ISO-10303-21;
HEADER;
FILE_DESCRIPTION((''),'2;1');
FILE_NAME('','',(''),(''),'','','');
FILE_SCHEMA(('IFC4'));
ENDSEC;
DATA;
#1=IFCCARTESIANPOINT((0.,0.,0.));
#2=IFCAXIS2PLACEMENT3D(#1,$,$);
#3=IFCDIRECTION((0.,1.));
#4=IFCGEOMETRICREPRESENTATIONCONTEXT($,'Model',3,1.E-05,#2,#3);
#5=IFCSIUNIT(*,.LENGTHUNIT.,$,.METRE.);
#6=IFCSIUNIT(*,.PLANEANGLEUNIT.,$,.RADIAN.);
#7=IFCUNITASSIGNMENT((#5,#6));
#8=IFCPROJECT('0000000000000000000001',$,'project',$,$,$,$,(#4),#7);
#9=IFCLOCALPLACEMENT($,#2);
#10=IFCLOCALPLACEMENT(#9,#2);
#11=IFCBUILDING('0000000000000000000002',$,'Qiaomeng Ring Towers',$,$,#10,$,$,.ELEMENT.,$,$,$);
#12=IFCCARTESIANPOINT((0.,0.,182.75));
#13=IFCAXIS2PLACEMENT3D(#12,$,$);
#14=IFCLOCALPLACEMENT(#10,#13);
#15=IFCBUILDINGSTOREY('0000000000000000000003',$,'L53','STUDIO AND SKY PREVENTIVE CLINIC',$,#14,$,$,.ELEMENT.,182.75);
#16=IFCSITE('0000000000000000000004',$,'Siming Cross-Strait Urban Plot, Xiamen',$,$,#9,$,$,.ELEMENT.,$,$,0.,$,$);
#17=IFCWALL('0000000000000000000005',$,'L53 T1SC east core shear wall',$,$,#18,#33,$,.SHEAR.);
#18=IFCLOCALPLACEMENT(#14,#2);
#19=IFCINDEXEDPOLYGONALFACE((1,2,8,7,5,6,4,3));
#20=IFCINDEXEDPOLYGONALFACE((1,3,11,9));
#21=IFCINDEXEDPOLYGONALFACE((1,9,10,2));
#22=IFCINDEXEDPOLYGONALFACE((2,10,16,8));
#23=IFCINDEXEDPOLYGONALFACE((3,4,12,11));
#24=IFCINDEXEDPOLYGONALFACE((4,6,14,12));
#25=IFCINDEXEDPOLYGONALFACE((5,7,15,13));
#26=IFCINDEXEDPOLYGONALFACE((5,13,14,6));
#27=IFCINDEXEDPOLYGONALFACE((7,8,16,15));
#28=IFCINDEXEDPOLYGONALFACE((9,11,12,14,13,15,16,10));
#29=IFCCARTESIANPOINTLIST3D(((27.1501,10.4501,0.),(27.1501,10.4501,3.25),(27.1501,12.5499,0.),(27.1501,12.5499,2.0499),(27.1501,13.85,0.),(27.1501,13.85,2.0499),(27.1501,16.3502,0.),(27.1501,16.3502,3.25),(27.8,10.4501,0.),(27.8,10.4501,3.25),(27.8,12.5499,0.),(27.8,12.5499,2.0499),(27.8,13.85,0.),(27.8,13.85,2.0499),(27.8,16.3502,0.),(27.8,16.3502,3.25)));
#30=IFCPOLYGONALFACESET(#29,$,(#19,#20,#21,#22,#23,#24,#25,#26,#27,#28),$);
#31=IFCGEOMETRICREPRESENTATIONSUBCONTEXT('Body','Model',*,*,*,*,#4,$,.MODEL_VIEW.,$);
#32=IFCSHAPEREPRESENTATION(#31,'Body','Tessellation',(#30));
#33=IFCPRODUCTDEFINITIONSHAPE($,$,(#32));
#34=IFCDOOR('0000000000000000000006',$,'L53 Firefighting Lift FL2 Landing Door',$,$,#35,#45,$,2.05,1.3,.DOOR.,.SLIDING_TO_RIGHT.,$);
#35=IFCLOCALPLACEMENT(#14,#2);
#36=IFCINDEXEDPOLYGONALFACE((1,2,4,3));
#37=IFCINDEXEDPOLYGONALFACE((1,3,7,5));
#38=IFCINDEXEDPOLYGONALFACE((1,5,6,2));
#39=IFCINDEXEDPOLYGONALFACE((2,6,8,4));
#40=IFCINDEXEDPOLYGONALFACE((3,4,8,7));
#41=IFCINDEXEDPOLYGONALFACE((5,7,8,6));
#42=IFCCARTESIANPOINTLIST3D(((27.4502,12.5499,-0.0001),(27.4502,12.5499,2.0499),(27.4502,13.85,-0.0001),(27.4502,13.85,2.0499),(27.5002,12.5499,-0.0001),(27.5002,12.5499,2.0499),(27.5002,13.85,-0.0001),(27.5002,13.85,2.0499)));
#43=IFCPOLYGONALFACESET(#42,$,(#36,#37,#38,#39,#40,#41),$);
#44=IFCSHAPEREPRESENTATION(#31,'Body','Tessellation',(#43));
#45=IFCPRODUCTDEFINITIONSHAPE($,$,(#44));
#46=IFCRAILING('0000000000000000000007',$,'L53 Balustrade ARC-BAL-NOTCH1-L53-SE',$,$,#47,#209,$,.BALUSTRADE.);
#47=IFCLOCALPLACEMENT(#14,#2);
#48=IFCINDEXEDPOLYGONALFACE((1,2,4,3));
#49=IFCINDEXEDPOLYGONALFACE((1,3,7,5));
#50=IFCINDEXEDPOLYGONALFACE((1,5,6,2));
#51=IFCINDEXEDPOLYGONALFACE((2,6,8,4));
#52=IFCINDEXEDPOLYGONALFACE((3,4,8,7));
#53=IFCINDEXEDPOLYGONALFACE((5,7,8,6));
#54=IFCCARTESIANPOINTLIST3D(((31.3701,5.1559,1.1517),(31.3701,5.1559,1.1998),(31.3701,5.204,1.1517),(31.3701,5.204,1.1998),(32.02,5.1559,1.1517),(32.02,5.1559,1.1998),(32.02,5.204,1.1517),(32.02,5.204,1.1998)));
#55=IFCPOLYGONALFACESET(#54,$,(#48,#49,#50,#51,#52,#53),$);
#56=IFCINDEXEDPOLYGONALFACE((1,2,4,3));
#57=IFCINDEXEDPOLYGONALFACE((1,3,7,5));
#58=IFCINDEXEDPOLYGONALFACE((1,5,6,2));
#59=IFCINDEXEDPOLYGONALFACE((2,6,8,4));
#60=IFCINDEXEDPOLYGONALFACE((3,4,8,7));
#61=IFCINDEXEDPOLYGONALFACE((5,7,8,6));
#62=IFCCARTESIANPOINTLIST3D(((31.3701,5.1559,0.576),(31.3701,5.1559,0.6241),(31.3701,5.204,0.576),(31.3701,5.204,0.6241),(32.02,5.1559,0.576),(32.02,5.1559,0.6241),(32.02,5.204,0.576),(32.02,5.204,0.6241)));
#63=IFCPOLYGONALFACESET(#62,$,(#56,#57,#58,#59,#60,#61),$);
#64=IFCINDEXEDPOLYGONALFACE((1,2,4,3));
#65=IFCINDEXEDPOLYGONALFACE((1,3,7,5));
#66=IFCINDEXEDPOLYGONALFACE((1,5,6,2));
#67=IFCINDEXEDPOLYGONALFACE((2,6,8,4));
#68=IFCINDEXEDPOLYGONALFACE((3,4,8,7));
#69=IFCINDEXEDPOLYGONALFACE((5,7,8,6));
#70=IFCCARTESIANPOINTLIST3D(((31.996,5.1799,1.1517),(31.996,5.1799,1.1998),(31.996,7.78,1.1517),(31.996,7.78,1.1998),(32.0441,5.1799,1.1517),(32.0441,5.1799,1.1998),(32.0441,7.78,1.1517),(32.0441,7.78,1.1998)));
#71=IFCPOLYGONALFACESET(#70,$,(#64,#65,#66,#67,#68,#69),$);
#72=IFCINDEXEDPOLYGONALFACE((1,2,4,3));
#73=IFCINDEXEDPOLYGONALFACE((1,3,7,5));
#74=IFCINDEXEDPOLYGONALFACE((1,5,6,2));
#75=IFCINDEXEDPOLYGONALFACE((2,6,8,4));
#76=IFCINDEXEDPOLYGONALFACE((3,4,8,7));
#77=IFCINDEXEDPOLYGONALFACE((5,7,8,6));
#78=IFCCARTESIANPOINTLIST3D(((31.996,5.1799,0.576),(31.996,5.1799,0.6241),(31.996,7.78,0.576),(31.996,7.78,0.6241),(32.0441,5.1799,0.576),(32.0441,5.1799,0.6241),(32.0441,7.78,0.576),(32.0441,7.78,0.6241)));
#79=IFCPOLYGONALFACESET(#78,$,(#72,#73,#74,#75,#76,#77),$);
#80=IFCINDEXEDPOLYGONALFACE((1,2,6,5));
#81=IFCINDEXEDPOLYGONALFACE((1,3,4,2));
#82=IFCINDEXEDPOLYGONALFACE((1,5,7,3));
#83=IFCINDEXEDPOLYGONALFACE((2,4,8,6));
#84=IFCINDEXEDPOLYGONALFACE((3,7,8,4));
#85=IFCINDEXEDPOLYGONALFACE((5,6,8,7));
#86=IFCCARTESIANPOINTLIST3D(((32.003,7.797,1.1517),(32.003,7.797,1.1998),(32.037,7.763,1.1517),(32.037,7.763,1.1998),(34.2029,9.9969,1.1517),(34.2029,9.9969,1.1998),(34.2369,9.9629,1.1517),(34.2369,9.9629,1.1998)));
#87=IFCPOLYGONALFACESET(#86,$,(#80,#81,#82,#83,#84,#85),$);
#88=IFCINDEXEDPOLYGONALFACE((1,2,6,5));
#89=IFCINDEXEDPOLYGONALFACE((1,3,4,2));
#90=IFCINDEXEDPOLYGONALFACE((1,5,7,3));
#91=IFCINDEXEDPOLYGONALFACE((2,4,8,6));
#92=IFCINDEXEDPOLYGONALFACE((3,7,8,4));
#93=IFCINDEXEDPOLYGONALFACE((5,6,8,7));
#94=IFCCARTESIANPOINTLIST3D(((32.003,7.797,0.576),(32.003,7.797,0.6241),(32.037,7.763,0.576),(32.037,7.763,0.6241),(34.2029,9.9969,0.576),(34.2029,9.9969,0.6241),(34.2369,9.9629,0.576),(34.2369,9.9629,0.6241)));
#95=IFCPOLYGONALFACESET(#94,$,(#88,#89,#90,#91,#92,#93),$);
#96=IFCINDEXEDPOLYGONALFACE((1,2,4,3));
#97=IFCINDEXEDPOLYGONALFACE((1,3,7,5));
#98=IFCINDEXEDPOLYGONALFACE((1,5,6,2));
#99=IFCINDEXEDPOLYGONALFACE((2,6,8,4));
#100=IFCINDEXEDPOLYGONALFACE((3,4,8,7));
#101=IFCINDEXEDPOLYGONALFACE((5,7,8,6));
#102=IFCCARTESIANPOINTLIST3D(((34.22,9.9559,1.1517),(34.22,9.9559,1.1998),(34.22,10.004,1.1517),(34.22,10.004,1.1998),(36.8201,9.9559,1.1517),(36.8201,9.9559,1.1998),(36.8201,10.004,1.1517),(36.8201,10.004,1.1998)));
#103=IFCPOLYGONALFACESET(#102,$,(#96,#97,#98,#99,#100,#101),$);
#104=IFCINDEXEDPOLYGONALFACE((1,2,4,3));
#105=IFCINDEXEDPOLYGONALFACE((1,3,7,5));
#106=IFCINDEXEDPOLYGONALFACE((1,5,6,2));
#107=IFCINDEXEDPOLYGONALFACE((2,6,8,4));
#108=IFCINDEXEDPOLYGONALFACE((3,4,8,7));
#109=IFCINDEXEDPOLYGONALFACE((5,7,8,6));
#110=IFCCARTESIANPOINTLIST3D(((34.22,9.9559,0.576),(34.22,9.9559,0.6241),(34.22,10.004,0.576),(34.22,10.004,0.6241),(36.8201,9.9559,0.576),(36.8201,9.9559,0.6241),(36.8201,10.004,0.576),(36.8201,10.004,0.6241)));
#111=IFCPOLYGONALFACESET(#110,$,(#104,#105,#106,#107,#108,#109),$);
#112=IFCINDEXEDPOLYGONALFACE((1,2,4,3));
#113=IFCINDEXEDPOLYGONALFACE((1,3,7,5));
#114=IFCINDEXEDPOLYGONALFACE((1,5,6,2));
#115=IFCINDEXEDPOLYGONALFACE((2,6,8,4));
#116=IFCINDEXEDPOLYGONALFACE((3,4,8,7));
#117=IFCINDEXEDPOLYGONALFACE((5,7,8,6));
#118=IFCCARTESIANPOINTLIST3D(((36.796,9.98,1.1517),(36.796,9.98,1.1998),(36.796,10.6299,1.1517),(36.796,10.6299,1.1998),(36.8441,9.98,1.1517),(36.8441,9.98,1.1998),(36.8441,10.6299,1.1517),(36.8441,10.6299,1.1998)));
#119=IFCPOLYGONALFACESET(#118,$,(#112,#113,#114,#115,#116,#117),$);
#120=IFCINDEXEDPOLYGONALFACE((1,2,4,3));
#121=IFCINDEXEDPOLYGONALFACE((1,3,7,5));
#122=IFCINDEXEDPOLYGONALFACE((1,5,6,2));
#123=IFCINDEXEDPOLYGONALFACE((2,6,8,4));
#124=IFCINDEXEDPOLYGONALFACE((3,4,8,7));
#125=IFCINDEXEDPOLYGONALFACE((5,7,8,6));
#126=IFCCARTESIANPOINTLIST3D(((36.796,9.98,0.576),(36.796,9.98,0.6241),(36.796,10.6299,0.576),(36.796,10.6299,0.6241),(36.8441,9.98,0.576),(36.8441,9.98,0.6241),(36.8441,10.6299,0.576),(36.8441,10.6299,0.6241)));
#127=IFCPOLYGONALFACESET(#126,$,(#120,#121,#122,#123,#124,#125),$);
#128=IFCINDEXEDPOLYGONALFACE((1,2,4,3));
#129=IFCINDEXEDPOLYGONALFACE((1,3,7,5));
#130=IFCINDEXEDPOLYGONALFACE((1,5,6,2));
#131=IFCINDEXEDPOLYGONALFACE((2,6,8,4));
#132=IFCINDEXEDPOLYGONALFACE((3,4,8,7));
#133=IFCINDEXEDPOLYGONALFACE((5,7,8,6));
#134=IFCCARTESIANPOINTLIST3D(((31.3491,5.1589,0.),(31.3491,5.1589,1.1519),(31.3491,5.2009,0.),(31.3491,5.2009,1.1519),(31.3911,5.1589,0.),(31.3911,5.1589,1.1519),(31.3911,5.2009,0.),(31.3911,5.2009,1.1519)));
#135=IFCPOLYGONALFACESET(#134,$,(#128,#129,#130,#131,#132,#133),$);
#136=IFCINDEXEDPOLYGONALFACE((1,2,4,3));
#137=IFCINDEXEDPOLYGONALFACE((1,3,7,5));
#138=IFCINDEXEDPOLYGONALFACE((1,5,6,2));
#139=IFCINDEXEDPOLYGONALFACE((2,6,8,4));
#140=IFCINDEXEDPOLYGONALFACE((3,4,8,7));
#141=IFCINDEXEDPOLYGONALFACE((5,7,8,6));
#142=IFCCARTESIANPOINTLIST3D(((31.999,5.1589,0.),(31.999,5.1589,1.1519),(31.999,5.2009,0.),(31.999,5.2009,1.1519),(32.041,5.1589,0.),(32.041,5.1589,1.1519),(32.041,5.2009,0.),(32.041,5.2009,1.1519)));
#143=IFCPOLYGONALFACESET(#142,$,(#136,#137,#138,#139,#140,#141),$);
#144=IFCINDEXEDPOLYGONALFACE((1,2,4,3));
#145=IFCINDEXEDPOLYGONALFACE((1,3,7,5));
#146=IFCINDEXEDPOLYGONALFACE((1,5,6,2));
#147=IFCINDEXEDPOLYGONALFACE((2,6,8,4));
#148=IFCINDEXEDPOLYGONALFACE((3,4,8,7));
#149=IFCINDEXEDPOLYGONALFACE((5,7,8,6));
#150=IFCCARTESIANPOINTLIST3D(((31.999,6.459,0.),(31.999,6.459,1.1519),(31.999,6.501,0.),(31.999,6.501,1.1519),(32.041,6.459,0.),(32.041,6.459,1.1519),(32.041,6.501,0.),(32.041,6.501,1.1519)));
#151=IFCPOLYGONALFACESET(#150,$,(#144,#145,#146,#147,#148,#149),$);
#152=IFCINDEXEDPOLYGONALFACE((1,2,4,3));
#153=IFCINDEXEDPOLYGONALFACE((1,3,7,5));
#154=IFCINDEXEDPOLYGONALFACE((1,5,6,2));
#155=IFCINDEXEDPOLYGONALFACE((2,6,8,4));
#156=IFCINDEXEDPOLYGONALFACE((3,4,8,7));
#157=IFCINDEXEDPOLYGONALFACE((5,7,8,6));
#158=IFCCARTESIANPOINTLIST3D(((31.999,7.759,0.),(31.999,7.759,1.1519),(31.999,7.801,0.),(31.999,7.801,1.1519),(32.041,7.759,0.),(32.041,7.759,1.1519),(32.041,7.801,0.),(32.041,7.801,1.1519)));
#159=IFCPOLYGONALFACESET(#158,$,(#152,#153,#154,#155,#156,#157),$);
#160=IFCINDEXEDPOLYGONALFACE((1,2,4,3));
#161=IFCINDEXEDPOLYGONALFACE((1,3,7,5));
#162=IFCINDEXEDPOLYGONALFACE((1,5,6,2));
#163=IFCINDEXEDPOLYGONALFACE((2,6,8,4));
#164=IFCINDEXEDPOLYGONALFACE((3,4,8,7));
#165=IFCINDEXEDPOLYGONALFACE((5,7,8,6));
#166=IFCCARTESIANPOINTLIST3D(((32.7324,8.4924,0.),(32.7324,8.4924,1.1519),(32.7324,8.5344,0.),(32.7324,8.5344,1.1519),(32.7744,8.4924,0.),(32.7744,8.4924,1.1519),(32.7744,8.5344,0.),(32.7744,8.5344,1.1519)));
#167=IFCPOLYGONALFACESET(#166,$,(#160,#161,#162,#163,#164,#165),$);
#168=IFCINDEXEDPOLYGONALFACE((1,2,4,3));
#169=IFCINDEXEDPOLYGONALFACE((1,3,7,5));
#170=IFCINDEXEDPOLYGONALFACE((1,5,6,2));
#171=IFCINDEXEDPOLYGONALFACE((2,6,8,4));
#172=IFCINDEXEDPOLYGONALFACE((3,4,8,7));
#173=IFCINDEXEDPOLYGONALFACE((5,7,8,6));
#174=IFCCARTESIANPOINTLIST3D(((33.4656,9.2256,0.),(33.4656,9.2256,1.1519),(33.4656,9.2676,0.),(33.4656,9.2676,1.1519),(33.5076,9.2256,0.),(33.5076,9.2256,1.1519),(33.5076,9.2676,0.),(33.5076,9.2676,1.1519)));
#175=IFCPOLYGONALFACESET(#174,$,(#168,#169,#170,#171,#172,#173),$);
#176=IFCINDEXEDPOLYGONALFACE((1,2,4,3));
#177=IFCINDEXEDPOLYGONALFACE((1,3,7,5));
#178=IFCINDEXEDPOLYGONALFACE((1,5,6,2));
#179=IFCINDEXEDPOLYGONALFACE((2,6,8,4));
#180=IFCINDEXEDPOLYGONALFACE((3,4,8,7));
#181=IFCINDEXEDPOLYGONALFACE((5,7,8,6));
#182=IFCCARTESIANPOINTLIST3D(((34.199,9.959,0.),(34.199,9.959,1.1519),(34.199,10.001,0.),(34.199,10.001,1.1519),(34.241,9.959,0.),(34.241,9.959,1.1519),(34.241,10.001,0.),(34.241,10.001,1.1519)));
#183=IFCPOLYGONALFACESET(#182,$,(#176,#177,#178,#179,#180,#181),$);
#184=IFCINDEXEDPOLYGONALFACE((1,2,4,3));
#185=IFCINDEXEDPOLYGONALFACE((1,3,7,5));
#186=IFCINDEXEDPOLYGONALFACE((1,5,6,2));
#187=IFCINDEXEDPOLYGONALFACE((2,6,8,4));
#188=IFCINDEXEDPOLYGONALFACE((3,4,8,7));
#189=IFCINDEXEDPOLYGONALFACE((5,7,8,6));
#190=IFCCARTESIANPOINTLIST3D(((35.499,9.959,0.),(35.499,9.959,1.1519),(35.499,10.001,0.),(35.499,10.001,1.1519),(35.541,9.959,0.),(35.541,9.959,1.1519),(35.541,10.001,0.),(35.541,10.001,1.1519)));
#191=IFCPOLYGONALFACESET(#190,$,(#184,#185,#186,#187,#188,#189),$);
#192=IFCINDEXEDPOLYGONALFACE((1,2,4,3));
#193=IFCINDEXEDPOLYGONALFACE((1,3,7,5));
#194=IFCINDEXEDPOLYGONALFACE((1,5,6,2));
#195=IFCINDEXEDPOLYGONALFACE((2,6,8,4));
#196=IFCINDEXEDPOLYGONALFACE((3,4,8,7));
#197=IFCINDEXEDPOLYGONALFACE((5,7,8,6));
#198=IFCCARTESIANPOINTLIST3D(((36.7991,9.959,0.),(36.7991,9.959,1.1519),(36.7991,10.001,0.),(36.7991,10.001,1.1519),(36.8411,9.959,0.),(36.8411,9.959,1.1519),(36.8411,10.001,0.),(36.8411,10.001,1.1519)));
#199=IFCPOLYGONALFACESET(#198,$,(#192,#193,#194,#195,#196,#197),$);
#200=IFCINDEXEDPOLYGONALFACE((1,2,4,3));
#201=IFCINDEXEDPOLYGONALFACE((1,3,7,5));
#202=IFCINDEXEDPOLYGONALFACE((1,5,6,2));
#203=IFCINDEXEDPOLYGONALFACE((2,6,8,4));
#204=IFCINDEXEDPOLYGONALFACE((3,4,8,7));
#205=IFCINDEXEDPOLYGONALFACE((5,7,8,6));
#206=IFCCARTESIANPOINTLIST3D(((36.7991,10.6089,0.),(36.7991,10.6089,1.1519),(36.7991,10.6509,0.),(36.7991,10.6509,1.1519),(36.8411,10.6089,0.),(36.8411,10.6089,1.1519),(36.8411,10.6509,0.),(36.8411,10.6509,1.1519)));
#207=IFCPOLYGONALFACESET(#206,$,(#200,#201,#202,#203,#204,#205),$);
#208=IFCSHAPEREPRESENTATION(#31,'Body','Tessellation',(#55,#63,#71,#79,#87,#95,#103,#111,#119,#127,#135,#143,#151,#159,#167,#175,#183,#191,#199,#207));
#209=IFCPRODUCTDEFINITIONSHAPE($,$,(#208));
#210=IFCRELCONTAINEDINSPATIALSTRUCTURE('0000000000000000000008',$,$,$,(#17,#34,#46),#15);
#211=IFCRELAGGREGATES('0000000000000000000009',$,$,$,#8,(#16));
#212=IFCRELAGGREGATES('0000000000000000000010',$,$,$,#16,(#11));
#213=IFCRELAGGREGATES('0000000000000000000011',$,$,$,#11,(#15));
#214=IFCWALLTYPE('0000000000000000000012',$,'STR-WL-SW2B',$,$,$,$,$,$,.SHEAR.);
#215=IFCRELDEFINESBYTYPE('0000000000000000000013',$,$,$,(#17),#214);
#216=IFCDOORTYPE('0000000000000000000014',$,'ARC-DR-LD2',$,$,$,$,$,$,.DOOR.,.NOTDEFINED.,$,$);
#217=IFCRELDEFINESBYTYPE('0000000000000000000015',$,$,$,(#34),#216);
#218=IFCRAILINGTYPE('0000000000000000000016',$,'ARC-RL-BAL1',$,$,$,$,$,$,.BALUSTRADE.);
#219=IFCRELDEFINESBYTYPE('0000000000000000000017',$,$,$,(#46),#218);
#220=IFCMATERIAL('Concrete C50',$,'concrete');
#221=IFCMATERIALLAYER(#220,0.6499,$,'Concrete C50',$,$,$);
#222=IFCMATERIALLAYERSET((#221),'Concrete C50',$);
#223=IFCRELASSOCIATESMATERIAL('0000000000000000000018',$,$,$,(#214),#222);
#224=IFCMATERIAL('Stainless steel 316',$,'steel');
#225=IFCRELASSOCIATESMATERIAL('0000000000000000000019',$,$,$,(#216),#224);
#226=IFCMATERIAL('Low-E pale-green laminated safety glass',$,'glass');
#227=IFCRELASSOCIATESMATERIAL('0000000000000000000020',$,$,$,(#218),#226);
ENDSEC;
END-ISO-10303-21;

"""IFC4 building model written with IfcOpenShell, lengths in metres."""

from ifc_helpers import new_model, si_unit, direction, frame, frame_2d, origin, origin_2d, place, context, subcontext, project, spatial, rectangle, extrude, source, transform, mapped, material, layer, layer_set, type_object, element, fill, save


model = new_model("IFC4")

# Units and contexts
model_context = context("Model", 3, precision=1e-05, world=origin(), true_north=direction((0.0, 1.0)))
body_context = subcontext(model_context, "Body", "Model", "MODEL_VIEW")
ifc_project = project(units=[si_unit("LENGTHUNIT", "METRE"), si_unit("PLANEANGLEUNIT", "RADIAN")], contexts=[model_context])

# Site, building, storey
site_placement = place(None, origin())
site = spatial("IfcSite", under=ifc_project, at=site_placement, Name="Siming Cross-Strait Urban Plot, Xiamen", CompositionType="ELEMENT", RefElevation=0.0)
building_placement = place(site_placement, origin())
building = spatial("IfcBuilding", under=site, at=building_placement, Name="Qiaomeng Ring Towers", CompositionType="ELEMENT")
storey_placement = place(building_placement, frame((0.0, 0.0, 182.75)))
storey = spatial("IfcBuildingStorey", under=building, at=storey_placement, Name="L53", Description="STUDIO AND SKY PREVENTIVE CLINIC", CompositionType="ELEMENT", Elevation=182.75)

# Shared definitions
ifc_material_1 = material(Name="Concrete C50", Category="concrete")

# Wall, opening, door
ifc_layer_1 = layer(ifc_material_1, 0.6499, Name="Concrete C50")
ifc_layer_set_1 = layer_set([ifc_layer_1], Name="Concrete C50")
wall_type_1 = type_object("IfcWallType", Name="STR-WL-SW2B", PredefinedType="SHEAR", material=ifc_layer_set_1)
wall_1_placement = place(storey_placement, frame((27.4751, 10.45, 0.0), z_axis=(0.0, 0.0, 1.0), x_axis=(0.0, 1.0, 0.0)))
wall_1 = element("IfcWall", 1, at=wall_1_placement, inside=storey, type_object=wall_type_1, Name="L53 T1SC east core shear wall", PredefinedType="SHEAR", context=body_context, shape_type="SweptSolid", body=[
    extrude(rectangle(XDim=5.9001, YDim=0.6499, at=frame_2d((2.9502, 0.0))), origin(), (0.0, 0.0, 1.0), 3.25),
])
opening_1_placement = place(wall_1_placement, frame((2.1001, 0.0, 0.0)))
opening_1 = element("IfcOpeningElement", 2, at=opening_1_placement, cuts=wall_1, PredefinedType="OPENING", context=body_context, shape_type="SweptSolid", body=[
    extrude(rectangle(XDim=1.3, YDim=2.05, at=frame_2d((0.6499, 1.0249))), frame((0.0, 0.335, 0.0), z_axis=(0.0, -1.0, 0.0), x_axis=(1.0, 0.0, 0.0)), (0.0, 0.0, 1.0), 0.6699),
])
ifc_material_2 = material(Name="Stainless steel 316", Category="steel")
door_type_1 = type_object("IfcDoorType", Name="ARC-DR-LD2", OperationType="NOTDEFINED", PredefinedType="DOOR", material=ifc_material_2)
shared_shape_1 = source(origin(), body_context, "Body", "SweptSolid", [
    extrude(rectangle(XDim=1.3, YDim=2.05, at=frame_2d((0.6499, 1.0249))), frame((0.0, 0.0249, 0.0), z_axis=(0.0, -1.0, 0.0), x_axis=(1.0, 0.0, 0.0)), (0.0, 0.0, 1.0), 0.05),
])
door_1_placement = place(opening_1_placement, origin())
door_1 = element("IfcDoor", 3, at=door_1_placement, inside=storey, type_object=door_type_1, Name="L53 Firefighting Lift FL2 Landing Door", OperationType="SLIDING_TO_RIGHT", OverallHeight=2.05, OverallWidth=1.3, PredefinedType="DOOR", context=body_context, shape_type="MappedRepresentation", body=[
    mapped(shared_shape_1, transform((0.0, 0.0, 0.0), x_axis=(1.0, 0.0, 0.0), y_axis=(0.0, 1.0, 0.0), z_axis=(0.0, 0.0, 1.0), scale=1.0)),
])
fill(opening_1, door_1)

# Railing
ifc_material_3 = material(Name="Low-E pale-green laminated safety glass", Category="glass")
railing_type = type_object("IfcRailingType", Name="ARC-RL-BAL1", PredefinedType="BALUSTRADE", material=ifc_material_3)
railing_placement = place(storey_placement, frame((31.3701, 5.1799, 0.0)))
element("IfcRailing", 4, at=railing_placement, inside=storey, type_object=railing_type, Name="L53 Balustrade ARC-BAL-NOTCH1-L53-SE", PredefinedType="BALUSTRADE", context=body_context, shape_type="SweptSolid", body=[
    extrude(rectangle(XDim=0.0481, YDim=0.0481, at=origin_2d()), frame((0.0, 0.0, 1.1758), z_axis=(1.0, 0.0, 0.0), x_axis=(0.0, 1.0, 0.0)), (0.0, 0.0, 1.0), 0.6499),
    extrude(rectangle(XDim=0.0481, YDim=0.0481, at=origin_2d()), frame((0.0, 0.0, 0.6001), z_axis=(1.0, 0.0, 0.0), x_axis=(0.0, 1.0, 0.0)), (0.0, 0.0, 1.0), 0.6499),
    extrude(rectangle(XDim=0.0481, YDim=0.0481, at=origin_2d()), frame((0.6499, 0.0, 1.1758), z_axis=(0.0, 1.0, 0.0), x_axis=(-1.0, 0.0, 0.0)), (0.0, 0.0, 1.0), 2.6001),
    extrude(rectangle(XDim=0.0481, YDim=0.0481, at=origin_2d()), frame((0.6499, 0.0, 0.6001), z_axis=(0.0, 1.0, 0.0), x_axis=(-1.0, 0.0, 0.0)), (0.0, 0.0, 1.0), 2.6001),
    extrude(rectangle(XDim=0.0481, YDim=0.0481, at=origin_2d()), frame((0.6499, 2.6001, 1.1758), z_axis=(0.707107, 0.707107, 0.0), x_axis=(-0.707107, 0.707107, 0.0)), (0.0, 0.0, 1.0), 3.1111),
    extrude(rectangle(XDim=0.0481, YDim=0.0481, at=origin_2d()), frame((0.6499, 2.6001, 0.6001), z_axis=(0.707107, 0.707107, 0.0), x_axis=(-0.707107, 0.707107, 0.0)), (0.0, 0.0, 1.0), 3.1111),
    extrude(rectangle(XDim=0.0481, YDim=0.0481, at=origin_2d()), frame((2.8499, 4.8, 1.1758), z_axis=(1.0, 0.0, 0.0), x_axis=(0.0, 1.0, 0.0)), (0.0, 0.0, 1.0), 2.6001),
    extrude(rectangle(XDim=0.0481, YDim=0.0481, at=origin_2d()), frame((2.8499, 4.8, 0.6001), z_axis=(1.0, 0.0, 0.0), x_axis=(0.0, 1.0, 0.0)), (0.0, 0.0, 1.0), 2.6001),
    extrude(rectangle(XDim=0.0481, YDim=0.0481, at=origin_2d()), frame((5.45, 4.8, 1.1758), z_axis=(0.0, 1.0, 0.0), x_axis=(-1.0, 0.0, 0.0)), (0.0, 0.0, 1.0), 0.6499),
    extrude(rectangle(XDim=0.0481, YDim=0.0481, at=origin_2d()), frame((5.45, 4.8, 0.6001), z_axis=(0.0, 1.0, 0.0), x_axis=(-1.0, 0.0, 0.0)), (0.0, 0.0, 1.0), 0.6499),
    extrude(rectangle(XDim=0.042, YDim=0.042, at=origin_2d()), origin(), (0.0, 0.0, 1.0), 1.1519),
    extrude(rectangle(XDim=0.042, YDim=0.042, at=origin_2d()), frame((0.6499, 0.0, 0.0)), (0.0, 0.0, 1.0), 1.1519),
    extrude(rectangle(XDim=0.042, YDim=0.042, at=origin_2d()), frame((0.6499, 1.3, 0.0)), (0.0, 0.0, 1.0), 1.1519),
    extrude(rectangle(XDim=0.042, YDim=0.042, at=origin_2d()), frame((0.6499, 2.6001, 0.0)), (0.0, 0.0, 1.0), 1.1519),
    extrude(rectangle(XDim=0.042, YDim=0.042, at=origin_2d()), frame((1.3833, 3.3335, 0.0)), (0.0, 0.0, 1.0), 1.1519),
    extrude(rectangle(XDim=0.042, YDim=0.042, at=origin_2d()), frame((2.1165, 4.0667, 0.0)), (0.0, 0.0, 1.0), 1.1519),
    extrude(rectangle(XDim=0.042, YDim=0.042, at=origin_2d()), frame((2.8499, 4.8, 0.0)), (0.0, 0.0, 1.0), 1.1519),
    extrude(rectangle(XDim=0.042, YDim=0.042, at=origin_2d()), frame((4.1499, 4.8, 0.0)), (0.0, 0.0, 1.0), 1.1519),
    extrude(rectangle(XDim=0.042, YDim=0.042, at=origin_2d()), frame((5.45, 4.8, 0.0)), (0.0, 0.0, 1.0), 1.1519),
    extrude(rectangle(XDim=0.042, YDim=0.042, at=origin_2d()), frame((5.45, 5.45, 0.0)), (0.0, 0.0, 1.0), 1.1519),
])

save(model, "model.ifc")
